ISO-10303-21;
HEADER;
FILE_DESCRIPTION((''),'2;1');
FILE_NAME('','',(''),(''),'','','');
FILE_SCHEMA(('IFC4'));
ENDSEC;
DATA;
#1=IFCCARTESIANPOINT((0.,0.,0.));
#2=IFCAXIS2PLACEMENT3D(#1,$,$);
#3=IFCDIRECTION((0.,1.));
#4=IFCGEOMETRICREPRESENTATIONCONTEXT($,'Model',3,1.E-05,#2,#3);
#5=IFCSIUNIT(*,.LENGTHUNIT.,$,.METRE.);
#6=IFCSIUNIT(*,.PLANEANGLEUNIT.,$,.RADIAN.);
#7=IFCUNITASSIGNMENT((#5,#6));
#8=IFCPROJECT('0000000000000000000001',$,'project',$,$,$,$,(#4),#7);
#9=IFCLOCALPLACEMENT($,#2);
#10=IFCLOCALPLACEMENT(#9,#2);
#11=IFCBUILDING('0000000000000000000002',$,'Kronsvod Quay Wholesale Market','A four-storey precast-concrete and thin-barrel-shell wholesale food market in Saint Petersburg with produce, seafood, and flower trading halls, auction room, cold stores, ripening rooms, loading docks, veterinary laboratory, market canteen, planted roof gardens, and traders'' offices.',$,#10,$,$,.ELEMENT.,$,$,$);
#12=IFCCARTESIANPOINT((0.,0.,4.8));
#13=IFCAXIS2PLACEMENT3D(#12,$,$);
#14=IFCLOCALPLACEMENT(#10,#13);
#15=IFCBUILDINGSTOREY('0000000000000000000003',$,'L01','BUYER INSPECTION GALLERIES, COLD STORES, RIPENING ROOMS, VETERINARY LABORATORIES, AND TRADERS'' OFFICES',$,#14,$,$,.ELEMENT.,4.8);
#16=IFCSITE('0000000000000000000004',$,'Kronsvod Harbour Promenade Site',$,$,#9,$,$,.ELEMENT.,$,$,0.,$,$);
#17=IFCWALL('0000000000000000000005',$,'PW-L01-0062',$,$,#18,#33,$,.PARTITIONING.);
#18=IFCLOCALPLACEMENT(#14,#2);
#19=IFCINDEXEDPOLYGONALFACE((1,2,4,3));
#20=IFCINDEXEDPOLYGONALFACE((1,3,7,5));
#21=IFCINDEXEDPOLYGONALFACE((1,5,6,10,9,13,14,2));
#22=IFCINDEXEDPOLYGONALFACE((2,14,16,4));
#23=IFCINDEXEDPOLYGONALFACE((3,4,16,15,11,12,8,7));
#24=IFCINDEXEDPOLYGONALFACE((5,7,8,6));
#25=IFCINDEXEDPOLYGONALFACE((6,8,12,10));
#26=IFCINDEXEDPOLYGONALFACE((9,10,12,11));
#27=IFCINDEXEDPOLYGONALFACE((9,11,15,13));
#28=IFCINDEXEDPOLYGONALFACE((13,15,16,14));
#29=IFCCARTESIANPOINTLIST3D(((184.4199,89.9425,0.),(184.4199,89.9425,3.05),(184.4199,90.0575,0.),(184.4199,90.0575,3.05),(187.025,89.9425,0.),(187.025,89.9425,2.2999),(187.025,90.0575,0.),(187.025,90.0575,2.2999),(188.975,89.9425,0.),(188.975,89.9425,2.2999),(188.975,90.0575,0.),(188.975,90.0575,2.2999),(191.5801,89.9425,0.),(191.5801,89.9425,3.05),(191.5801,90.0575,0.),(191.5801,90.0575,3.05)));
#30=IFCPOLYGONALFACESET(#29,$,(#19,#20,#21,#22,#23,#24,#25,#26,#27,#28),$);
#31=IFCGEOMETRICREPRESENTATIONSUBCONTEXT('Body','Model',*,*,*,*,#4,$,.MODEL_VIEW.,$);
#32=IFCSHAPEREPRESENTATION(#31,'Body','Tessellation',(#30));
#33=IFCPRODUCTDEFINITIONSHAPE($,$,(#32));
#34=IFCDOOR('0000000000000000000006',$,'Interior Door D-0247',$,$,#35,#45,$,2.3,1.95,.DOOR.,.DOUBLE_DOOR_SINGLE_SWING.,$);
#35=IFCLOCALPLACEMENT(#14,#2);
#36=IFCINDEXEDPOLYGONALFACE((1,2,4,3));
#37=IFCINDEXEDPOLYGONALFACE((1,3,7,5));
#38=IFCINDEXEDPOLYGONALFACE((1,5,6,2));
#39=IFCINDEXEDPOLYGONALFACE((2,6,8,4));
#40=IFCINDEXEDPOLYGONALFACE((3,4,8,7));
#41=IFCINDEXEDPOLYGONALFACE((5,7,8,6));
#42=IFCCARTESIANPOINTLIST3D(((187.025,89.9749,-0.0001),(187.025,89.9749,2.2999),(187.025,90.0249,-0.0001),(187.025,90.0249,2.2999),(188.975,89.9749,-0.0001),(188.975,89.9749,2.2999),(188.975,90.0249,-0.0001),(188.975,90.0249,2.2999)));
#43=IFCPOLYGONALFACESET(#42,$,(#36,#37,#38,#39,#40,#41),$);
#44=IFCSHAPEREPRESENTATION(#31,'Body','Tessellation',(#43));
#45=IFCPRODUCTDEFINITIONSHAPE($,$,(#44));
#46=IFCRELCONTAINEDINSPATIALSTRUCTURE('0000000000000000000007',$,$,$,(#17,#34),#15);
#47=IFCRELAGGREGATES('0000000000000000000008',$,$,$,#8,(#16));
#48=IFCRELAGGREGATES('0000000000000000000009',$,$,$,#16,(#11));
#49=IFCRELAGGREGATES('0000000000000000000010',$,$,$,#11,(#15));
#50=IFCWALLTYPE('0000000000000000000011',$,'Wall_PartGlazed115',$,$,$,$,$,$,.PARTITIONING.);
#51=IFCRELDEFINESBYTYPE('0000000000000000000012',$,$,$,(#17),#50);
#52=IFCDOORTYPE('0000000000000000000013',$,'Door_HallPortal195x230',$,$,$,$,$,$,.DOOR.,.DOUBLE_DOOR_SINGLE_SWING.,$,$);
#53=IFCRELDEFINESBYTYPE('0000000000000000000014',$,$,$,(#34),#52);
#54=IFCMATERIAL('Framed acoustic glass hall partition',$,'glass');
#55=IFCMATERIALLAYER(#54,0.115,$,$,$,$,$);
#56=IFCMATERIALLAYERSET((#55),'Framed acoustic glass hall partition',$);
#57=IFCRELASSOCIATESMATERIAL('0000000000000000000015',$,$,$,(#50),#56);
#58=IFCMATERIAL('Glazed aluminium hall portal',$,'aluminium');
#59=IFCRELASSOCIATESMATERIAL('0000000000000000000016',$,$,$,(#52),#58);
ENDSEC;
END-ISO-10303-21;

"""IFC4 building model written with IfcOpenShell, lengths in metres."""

from ifc_helpers import new_model, si_unit, direction, frame, frame_2d, origin, place, context, subcontext, project, spatial, rectangle, extrude, material, layer, layer_set, type_object, element, fill, save


model = new_model("IFC4")

# Units and contexts
model_context = context("Model", 3, precision=1e-05, world=origin(), true_north=direction((0.0, 1.0)))
body_context = subcontext(model_context, "Body", "Model", "MODEL_VIEW")
ifc_project = project(units=[si_unit("LENGTHUNIT", "METRE"), si_unit("PLANEANGLEUNIT", "RADIAN")], contexts=[model_context])

# Site, building, storey
site_placement = place(None, origin())
site = spatial("IfcSite", under=ifc_project, at=site_placement, Name="Kronsvod Harbour Promenade Site", CompositionType="ELEMENT", RefElevation=0.0)
building_placement = place(site_placement, origin())
building = spatial("IfcBuilding", under=site, at=building_placement, Name="Kronsvod Quay Wholesale Market", Description="A four-storey precast-concrete and thin-barrel-shell wholesale food market in Saint Petersburg with produce, seafood, and flower trading halls, auction room, cold stores, ripening rooms, loading docks, veterinary laboratory, market canteen, planted roof gardens, and traders' offices.", CompositionType="ELEMENT")
storey_placement = place(building_placement, frame((0.0, 0.0, 4.8)))
storey = spatial("IfcBuildingStorey", under=building, at=storey_placement, Name="L01", Description="BUYER INSPECTION GALLERIES, COLD STORES, RIPENING ROOMS, VETERINARY LABORATORIES, AND TRADERS' OFFICES", CompositionType="ELEMENT", Elevation=4.8)

# Wall, opening, door
ifc_material_1 = material(Name="Framed acoustic glass hall partition", Category="glass")
ifc_layer_1 = layer(ifc_material_1, 0.115)
ifc_layer_set_1 = layer_set([ifc_layer_1], Name="Framed acoustic glass hall partition")
wall_type_1 = type_object("IfcWallType", Name="Wall_PartGlazed115", PredefinedType="PARTITIONING", material=ifc_layer_set_1)
wall_1_placement = place(storey_placement, frame((184.4199, 90.0, 0.0), z_axis=(0.0, 0.0, 1.0), x_axis=(1.0, 0.0, 0.0)))
wall_1 = element("IfcWall", 1, at=wall_1_placement, inside=storey, type_object=wall_type_1, Name="PW-L01-0062", PredefinedType="PARTITIONING", context=body_context, shape_type="SweptSolid", body=[
    extrude(rectangle(XDim=7.1602, YDim=0.115, at=frame_2d((3.5801, 0.0))), origin(), (0.0, 0.0, 1.0), 3.05),
])
opening_placement = place(wall_1_placement, frame((2.605, 0.0, 0.0)))
opening = element("IfcOpeningElement", 2, at=opening_placement, cuts=wall_1, PredefinedType="OPENING", context=body_context, shape_type="SweptSolid", body=[
    extrude(rectangle(XDim=1.95, YDim=2.3, at=frame_2d((0.9751, 1.1499))), frame((0.0, 0.0674, 0.0), z_axis=(0.0, -1.0, 0.0), x_axis=(1.0, 0.0, 0.0)), (0.0, 0.0, 1.0), 0.135),
])
ifc_material_2 = material(Name="Glazed aluminium hall portal", Category="aluminium")
door_type = type_object("IfcDoorType", Name="Door_HallPortal195x230", OperationType="DOUBLE_DOOR_SINGLE_SWING", PredefinedType="DOOR", material=ifc_material_2)
door_placement = place(opening_placement, origin())
door = element("IfcDoor", 3, at=door_placement, inside=storey, type_object=door_type, Name="Interior Door D-0247", OperationType="DOUBLE_DOOR_SINGLE_SWING", OverallHeight=2.3, OverallWidth=1.95, PredefinedType="DOOR", context=body_context, shape_type="SweptSolid", body=[
    extrude(rectangle(XDim=1.95, YDim=2.3, at=frame_2d((0.9751, 1.1499))), frame((0.0, 0.0249, 0.0), z_axis=(0.0, -1.0, 0.0), x_axis=(1.0, 0.0, 0.0)), (0.0, 0.0, 1.0), 0.05),
])
fill(opening, door)

save(model, "model.ifc")
